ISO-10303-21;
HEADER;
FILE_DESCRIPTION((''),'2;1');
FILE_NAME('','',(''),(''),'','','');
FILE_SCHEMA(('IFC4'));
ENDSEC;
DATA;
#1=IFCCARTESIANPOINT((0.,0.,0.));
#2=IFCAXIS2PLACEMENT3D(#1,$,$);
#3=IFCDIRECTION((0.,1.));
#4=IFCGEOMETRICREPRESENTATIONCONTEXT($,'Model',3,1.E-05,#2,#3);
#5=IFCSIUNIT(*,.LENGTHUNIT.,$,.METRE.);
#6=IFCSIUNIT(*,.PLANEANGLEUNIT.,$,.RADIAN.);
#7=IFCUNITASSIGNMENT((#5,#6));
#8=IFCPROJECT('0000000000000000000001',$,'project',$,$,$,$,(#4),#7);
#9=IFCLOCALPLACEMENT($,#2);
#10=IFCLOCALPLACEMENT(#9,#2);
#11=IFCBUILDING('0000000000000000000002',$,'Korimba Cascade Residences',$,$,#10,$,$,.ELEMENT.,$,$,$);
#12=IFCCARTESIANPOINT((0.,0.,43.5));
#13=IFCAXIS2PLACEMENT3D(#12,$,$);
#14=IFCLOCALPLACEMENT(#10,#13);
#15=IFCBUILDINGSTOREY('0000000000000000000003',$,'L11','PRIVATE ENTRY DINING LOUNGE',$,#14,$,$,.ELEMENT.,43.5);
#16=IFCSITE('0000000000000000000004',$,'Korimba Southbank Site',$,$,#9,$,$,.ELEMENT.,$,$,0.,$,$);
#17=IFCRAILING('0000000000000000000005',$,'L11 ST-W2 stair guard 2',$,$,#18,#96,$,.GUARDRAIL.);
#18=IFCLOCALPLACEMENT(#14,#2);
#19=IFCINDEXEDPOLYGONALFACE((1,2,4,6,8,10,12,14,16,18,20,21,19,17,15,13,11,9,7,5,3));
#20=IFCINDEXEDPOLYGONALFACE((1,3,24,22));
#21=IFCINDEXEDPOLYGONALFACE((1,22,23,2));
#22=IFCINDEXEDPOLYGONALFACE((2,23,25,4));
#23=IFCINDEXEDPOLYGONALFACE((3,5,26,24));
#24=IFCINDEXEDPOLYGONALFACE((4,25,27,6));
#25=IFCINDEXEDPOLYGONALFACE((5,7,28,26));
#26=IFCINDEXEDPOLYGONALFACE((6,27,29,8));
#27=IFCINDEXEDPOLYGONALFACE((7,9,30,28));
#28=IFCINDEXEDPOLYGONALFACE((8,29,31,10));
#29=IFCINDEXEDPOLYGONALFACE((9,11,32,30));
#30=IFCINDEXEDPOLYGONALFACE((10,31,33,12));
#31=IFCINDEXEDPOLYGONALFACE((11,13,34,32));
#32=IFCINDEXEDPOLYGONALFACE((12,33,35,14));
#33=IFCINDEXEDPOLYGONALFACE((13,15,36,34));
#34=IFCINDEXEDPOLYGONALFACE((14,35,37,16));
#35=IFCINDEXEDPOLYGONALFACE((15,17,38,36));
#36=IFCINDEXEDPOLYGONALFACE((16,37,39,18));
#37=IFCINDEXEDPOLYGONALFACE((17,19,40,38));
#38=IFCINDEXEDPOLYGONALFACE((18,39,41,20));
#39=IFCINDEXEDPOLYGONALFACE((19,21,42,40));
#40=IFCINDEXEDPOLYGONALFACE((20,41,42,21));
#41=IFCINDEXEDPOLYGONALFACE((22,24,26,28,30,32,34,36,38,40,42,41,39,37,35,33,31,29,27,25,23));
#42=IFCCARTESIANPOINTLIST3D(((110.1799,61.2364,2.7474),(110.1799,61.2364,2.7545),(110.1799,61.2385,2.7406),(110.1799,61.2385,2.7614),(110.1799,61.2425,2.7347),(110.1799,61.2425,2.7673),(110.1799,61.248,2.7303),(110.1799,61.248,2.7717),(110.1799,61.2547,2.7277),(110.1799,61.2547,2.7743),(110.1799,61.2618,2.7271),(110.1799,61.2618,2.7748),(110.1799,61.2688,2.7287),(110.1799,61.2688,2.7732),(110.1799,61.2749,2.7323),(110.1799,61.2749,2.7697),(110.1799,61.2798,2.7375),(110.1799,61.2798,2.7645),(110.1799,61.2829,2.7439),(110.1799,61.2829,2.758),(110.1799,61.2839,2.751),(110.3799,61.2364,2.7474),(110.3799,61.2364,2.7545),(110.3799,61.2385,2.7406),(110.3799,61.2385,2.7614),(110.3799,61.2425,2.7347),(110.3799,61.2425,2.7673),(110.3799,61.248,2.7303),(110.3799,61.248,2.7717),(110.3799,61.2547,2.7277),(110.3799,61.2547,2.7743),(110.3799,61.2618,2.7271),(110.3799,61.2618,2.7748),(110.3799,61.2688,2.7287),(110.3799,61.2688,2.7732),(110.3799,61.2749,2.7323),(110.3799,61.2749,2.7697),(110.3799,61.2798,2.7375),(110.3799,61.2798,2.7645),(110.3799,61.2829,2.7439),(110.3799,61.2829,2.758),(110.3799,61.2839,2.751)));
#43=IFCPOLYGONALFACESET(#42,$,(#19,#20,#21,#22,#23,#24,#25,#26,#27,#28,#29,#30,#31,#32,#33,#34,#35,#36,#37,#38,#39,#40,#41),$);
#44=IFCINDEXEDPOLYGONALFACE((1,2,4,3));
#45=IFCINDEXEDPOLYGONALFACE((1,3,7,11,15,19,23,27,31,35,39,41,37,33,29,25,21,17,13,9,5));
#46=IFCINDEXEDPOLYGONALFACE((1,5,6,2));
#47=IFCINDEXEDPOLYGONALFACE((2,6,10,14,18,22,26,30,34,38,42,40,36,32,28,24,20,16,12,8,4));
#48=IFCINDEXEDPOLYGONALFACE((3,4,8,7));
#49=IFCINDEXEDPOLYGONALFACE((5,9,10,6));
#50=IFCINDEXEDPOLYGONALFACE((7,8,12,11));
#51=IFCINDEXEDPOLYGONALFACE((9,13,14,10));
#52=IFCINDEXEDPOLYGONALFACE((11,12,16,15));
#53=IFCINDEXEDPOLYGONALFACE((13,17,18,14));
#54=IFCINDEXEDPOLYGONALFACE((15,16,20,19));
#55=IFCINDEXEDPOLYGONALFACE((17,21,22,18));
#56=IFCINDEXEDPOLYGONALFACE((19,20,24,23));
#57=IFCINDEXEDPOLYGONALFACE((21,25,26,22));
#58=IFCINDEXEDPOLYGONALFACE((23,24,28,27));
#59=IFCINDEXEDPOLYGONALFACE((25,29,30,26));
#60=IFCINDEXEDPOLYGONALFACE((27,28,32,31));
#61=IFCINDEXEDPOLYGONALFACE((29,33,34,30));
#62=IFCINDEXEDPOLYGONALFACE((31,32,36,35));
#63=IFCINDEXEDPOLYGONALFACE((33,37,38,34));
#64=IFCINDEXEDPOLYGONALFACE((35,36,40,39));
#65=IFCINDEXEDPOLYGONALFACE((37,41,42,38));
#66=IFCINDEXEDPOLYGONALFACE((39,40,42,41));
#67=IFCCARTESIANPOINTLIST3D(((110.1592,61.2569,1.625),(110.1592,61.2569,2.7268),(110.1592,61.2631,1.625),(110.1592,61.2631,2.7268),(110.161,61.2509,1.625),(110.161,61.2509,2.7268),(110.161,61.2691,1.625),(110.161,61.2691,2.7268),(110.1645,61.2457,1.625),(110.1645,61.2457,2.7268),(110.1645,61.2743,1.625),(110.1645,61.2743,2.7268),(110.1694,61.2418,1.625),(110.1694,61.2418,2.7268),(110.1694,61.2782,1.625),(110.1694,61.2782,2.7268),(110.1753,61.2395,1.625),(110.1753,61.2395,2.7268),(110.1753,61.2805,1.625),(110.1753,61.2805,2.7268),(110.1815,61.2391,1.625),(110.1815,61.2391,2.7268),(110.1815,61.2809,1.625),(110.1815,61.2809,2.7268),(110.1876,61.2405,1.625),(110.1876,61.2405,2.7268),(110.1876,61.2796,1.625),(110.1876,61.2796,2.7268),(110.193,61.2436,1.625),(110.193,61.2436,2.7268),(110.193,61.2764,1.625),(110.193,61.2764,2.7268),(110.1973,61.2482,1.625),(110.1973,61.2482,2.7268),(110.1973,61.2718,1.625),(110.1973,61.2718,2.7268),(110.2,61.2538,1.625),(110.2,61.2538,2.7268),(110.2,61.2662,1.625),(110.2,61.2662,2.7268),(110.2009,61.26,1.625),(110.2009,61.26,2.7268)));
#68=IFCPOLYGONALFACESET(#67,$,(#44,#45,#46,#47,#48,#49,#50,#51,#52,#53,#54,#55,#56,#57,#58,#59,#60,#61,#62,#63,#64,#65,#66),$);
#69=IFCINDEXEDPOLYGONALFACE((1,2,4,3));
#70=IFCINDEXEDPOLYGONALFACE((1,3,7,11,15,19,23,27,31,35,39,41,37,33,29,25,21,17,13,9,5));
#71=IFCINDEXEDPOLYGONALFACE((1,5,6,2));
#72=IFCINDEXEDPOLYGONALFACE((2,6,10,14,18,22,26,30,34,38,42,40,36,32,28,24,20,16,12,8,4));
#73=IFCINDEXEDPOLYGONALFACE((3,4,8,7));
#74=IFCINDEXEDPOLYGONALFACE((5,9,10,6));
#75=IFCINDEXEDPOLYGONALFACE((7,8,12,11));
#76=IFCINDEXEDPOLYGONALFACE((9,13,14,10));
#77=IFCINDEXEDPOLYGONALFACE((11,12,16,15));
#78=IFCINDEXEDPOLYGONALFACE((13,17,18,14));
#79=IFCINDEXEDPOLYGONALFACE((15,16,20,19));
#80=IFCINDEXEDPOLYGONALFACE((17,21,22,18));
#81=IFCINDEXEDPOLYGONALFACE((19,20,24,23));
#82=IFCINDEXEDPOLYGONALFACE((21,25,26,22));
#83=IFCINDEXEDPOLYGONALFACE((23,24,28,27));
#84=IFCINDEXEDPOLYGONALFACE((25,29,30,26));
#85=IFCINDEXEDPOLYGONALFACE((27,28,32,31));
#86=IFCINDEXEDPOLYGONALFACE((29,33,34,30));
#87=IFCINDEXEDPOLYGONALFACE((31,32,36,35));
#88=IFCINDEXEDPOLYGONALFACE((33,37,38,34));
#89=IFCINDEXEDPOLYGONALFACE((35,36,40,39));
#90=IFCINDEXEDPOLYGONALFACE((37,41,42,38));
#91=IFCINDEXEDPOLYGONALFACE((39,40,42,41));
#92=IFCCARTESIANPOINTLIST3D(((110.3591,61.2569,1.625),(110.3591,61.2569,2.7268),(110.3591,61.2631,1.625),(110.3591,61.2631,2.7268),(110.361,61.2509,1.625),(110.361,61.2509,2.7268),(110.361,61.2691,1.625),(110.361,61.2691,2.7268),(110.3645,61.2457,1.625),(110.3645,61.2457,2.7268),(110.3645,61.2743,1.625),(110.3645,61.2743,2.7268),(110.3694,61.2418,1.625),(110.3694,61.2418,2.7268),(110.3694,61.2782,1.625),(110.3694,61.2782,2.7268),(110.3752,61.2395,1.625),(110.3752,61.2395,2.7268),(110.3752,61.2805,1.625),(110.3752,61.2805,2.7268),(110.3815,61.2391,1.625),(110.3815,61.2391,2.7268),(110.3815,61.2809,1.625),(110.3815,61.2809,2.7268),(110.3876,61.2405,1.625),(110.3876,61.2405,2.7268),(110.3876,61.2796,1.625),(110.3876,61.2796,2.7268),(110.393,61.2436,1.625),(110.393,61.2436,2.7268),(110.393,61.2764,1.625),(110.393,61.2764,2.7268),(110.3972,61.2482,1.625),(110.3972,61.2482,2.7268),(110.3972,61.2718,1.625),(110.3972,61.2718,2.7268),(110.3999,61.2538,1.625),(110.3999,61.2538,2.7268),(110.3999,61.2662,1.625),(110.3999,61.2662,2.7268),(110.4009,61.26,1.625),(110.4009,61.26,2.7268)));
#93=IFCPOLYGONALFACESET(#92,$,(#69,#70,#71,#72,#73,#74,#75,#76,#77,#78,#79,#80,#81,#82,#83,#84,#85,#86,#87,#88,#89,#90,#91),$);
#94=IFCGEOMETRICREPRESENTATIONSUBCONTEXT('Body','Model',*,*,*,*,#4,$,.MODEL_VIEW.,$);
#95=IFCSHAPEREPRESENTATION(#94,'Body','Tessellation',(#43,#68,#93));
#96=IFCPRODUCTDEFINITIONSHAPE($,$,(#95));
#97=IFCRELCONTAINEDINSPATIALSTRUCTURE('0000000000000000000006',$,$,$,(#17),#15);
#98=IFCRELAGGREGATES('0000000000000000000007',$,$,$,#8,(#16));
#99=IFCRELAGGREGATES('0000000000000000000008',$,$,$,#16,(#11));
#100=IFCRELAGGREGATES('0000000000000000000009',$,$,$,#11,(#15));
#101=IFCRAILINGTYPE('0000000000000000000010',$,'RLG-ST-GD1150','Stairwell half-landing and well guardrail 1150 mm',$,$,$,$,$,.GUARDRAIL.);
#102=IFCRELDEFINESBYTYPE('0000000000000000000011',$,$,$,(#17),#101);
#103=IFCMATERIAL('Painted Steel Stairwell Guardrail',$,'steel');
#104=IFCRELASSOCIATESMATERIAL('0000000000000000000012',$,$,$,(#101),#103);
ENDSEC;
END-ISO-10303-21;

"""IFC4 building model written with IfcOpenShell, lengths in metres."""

from ifc_helpers import new_model, si_unit, direction, frame, origin, origin_2d, place, context, subcontext, project, spatial, circle, extrude, material, type_object, element, save


model = new_model("IFC4")

# Units and contexts
model_context = context("Model", 3, precision=1e-05, world=origin(), true_north=direction((0.0, 1.0)))
body_context = subcontext(model_context, "Body", "Model", "MODEL_VIEW")
ifc_project = project(units=[si_unit("LENGTHUNIT", "METRE"), si_unit("PLANEANGLEUNIT", "RADIAN")], contexts=[model_context])

# Site, building, storey
site_placement = place(None, origin())
site = spatial("IfcSite", under=ifc_project, at=site_placement, Name="Korimba Southbank Site", CompositionType="ELEMENT", RefElevation=0.0)
building_placement = place(site_placement, origin())
building = spatial("IfcBuilding", under=site, at=building_placement, Name="Korimba Cascade Residences", CompositionType="ELEMENT")
storey_placement = place(building_placement, frame((0.0, 0.0, 43.5)))
storey = spatial("IfcBuildingStorey", under=building, at=storey_placement, Name="L11", Description="PRIVATE ENTRY DINING LOUNGE", CompositionType="ELEMENT", Elevation=43.5)

# Railing
ifc_material_1 = material(Name="Painted Steel Stairwell Guardrail", Category="steel")
railing_type_1 = type_object("IfcRailingType", Name="RLG-ST-GD1150", Description="Stairwell half-landing and well guardrail 1150 mm", PredefinedType="GUARDRAIL", material=ifc_material_1)
railing_1_placement = place(storey_placement, frame((110.1799, 61.26, 1.625)))
element("IfcRailing", 1, at=railing_1_placement, inside=storey, type_object=railing_type_1, Name="L11 ST-W2 stair guard 2", PredefinedType="GUARDRAIL", context=body_context, shape_type="SweptSolid", body=[
    extrude(circle(Radius=0.0239, at=origin_2d()), frame((0.0, 0.0, 1.126), z_axis=(1.0, 0.0, 0.0), x_axis=(0.0, 1.0, 0.0)), (0.0, 0.0, 1.0), 0.2),
    extrude(circle(Radius=0.021, at=origin_2d()), origin(), (0.0, 0.0, 1.0), 1.1018),
    extrude(circle(Radius=0.021, at=origin_2d()), frame((0.2, 0.0, 0.0)), (0.0, 0.0, 1.0), 1.1018),
])

save(model, "model.ifc")
